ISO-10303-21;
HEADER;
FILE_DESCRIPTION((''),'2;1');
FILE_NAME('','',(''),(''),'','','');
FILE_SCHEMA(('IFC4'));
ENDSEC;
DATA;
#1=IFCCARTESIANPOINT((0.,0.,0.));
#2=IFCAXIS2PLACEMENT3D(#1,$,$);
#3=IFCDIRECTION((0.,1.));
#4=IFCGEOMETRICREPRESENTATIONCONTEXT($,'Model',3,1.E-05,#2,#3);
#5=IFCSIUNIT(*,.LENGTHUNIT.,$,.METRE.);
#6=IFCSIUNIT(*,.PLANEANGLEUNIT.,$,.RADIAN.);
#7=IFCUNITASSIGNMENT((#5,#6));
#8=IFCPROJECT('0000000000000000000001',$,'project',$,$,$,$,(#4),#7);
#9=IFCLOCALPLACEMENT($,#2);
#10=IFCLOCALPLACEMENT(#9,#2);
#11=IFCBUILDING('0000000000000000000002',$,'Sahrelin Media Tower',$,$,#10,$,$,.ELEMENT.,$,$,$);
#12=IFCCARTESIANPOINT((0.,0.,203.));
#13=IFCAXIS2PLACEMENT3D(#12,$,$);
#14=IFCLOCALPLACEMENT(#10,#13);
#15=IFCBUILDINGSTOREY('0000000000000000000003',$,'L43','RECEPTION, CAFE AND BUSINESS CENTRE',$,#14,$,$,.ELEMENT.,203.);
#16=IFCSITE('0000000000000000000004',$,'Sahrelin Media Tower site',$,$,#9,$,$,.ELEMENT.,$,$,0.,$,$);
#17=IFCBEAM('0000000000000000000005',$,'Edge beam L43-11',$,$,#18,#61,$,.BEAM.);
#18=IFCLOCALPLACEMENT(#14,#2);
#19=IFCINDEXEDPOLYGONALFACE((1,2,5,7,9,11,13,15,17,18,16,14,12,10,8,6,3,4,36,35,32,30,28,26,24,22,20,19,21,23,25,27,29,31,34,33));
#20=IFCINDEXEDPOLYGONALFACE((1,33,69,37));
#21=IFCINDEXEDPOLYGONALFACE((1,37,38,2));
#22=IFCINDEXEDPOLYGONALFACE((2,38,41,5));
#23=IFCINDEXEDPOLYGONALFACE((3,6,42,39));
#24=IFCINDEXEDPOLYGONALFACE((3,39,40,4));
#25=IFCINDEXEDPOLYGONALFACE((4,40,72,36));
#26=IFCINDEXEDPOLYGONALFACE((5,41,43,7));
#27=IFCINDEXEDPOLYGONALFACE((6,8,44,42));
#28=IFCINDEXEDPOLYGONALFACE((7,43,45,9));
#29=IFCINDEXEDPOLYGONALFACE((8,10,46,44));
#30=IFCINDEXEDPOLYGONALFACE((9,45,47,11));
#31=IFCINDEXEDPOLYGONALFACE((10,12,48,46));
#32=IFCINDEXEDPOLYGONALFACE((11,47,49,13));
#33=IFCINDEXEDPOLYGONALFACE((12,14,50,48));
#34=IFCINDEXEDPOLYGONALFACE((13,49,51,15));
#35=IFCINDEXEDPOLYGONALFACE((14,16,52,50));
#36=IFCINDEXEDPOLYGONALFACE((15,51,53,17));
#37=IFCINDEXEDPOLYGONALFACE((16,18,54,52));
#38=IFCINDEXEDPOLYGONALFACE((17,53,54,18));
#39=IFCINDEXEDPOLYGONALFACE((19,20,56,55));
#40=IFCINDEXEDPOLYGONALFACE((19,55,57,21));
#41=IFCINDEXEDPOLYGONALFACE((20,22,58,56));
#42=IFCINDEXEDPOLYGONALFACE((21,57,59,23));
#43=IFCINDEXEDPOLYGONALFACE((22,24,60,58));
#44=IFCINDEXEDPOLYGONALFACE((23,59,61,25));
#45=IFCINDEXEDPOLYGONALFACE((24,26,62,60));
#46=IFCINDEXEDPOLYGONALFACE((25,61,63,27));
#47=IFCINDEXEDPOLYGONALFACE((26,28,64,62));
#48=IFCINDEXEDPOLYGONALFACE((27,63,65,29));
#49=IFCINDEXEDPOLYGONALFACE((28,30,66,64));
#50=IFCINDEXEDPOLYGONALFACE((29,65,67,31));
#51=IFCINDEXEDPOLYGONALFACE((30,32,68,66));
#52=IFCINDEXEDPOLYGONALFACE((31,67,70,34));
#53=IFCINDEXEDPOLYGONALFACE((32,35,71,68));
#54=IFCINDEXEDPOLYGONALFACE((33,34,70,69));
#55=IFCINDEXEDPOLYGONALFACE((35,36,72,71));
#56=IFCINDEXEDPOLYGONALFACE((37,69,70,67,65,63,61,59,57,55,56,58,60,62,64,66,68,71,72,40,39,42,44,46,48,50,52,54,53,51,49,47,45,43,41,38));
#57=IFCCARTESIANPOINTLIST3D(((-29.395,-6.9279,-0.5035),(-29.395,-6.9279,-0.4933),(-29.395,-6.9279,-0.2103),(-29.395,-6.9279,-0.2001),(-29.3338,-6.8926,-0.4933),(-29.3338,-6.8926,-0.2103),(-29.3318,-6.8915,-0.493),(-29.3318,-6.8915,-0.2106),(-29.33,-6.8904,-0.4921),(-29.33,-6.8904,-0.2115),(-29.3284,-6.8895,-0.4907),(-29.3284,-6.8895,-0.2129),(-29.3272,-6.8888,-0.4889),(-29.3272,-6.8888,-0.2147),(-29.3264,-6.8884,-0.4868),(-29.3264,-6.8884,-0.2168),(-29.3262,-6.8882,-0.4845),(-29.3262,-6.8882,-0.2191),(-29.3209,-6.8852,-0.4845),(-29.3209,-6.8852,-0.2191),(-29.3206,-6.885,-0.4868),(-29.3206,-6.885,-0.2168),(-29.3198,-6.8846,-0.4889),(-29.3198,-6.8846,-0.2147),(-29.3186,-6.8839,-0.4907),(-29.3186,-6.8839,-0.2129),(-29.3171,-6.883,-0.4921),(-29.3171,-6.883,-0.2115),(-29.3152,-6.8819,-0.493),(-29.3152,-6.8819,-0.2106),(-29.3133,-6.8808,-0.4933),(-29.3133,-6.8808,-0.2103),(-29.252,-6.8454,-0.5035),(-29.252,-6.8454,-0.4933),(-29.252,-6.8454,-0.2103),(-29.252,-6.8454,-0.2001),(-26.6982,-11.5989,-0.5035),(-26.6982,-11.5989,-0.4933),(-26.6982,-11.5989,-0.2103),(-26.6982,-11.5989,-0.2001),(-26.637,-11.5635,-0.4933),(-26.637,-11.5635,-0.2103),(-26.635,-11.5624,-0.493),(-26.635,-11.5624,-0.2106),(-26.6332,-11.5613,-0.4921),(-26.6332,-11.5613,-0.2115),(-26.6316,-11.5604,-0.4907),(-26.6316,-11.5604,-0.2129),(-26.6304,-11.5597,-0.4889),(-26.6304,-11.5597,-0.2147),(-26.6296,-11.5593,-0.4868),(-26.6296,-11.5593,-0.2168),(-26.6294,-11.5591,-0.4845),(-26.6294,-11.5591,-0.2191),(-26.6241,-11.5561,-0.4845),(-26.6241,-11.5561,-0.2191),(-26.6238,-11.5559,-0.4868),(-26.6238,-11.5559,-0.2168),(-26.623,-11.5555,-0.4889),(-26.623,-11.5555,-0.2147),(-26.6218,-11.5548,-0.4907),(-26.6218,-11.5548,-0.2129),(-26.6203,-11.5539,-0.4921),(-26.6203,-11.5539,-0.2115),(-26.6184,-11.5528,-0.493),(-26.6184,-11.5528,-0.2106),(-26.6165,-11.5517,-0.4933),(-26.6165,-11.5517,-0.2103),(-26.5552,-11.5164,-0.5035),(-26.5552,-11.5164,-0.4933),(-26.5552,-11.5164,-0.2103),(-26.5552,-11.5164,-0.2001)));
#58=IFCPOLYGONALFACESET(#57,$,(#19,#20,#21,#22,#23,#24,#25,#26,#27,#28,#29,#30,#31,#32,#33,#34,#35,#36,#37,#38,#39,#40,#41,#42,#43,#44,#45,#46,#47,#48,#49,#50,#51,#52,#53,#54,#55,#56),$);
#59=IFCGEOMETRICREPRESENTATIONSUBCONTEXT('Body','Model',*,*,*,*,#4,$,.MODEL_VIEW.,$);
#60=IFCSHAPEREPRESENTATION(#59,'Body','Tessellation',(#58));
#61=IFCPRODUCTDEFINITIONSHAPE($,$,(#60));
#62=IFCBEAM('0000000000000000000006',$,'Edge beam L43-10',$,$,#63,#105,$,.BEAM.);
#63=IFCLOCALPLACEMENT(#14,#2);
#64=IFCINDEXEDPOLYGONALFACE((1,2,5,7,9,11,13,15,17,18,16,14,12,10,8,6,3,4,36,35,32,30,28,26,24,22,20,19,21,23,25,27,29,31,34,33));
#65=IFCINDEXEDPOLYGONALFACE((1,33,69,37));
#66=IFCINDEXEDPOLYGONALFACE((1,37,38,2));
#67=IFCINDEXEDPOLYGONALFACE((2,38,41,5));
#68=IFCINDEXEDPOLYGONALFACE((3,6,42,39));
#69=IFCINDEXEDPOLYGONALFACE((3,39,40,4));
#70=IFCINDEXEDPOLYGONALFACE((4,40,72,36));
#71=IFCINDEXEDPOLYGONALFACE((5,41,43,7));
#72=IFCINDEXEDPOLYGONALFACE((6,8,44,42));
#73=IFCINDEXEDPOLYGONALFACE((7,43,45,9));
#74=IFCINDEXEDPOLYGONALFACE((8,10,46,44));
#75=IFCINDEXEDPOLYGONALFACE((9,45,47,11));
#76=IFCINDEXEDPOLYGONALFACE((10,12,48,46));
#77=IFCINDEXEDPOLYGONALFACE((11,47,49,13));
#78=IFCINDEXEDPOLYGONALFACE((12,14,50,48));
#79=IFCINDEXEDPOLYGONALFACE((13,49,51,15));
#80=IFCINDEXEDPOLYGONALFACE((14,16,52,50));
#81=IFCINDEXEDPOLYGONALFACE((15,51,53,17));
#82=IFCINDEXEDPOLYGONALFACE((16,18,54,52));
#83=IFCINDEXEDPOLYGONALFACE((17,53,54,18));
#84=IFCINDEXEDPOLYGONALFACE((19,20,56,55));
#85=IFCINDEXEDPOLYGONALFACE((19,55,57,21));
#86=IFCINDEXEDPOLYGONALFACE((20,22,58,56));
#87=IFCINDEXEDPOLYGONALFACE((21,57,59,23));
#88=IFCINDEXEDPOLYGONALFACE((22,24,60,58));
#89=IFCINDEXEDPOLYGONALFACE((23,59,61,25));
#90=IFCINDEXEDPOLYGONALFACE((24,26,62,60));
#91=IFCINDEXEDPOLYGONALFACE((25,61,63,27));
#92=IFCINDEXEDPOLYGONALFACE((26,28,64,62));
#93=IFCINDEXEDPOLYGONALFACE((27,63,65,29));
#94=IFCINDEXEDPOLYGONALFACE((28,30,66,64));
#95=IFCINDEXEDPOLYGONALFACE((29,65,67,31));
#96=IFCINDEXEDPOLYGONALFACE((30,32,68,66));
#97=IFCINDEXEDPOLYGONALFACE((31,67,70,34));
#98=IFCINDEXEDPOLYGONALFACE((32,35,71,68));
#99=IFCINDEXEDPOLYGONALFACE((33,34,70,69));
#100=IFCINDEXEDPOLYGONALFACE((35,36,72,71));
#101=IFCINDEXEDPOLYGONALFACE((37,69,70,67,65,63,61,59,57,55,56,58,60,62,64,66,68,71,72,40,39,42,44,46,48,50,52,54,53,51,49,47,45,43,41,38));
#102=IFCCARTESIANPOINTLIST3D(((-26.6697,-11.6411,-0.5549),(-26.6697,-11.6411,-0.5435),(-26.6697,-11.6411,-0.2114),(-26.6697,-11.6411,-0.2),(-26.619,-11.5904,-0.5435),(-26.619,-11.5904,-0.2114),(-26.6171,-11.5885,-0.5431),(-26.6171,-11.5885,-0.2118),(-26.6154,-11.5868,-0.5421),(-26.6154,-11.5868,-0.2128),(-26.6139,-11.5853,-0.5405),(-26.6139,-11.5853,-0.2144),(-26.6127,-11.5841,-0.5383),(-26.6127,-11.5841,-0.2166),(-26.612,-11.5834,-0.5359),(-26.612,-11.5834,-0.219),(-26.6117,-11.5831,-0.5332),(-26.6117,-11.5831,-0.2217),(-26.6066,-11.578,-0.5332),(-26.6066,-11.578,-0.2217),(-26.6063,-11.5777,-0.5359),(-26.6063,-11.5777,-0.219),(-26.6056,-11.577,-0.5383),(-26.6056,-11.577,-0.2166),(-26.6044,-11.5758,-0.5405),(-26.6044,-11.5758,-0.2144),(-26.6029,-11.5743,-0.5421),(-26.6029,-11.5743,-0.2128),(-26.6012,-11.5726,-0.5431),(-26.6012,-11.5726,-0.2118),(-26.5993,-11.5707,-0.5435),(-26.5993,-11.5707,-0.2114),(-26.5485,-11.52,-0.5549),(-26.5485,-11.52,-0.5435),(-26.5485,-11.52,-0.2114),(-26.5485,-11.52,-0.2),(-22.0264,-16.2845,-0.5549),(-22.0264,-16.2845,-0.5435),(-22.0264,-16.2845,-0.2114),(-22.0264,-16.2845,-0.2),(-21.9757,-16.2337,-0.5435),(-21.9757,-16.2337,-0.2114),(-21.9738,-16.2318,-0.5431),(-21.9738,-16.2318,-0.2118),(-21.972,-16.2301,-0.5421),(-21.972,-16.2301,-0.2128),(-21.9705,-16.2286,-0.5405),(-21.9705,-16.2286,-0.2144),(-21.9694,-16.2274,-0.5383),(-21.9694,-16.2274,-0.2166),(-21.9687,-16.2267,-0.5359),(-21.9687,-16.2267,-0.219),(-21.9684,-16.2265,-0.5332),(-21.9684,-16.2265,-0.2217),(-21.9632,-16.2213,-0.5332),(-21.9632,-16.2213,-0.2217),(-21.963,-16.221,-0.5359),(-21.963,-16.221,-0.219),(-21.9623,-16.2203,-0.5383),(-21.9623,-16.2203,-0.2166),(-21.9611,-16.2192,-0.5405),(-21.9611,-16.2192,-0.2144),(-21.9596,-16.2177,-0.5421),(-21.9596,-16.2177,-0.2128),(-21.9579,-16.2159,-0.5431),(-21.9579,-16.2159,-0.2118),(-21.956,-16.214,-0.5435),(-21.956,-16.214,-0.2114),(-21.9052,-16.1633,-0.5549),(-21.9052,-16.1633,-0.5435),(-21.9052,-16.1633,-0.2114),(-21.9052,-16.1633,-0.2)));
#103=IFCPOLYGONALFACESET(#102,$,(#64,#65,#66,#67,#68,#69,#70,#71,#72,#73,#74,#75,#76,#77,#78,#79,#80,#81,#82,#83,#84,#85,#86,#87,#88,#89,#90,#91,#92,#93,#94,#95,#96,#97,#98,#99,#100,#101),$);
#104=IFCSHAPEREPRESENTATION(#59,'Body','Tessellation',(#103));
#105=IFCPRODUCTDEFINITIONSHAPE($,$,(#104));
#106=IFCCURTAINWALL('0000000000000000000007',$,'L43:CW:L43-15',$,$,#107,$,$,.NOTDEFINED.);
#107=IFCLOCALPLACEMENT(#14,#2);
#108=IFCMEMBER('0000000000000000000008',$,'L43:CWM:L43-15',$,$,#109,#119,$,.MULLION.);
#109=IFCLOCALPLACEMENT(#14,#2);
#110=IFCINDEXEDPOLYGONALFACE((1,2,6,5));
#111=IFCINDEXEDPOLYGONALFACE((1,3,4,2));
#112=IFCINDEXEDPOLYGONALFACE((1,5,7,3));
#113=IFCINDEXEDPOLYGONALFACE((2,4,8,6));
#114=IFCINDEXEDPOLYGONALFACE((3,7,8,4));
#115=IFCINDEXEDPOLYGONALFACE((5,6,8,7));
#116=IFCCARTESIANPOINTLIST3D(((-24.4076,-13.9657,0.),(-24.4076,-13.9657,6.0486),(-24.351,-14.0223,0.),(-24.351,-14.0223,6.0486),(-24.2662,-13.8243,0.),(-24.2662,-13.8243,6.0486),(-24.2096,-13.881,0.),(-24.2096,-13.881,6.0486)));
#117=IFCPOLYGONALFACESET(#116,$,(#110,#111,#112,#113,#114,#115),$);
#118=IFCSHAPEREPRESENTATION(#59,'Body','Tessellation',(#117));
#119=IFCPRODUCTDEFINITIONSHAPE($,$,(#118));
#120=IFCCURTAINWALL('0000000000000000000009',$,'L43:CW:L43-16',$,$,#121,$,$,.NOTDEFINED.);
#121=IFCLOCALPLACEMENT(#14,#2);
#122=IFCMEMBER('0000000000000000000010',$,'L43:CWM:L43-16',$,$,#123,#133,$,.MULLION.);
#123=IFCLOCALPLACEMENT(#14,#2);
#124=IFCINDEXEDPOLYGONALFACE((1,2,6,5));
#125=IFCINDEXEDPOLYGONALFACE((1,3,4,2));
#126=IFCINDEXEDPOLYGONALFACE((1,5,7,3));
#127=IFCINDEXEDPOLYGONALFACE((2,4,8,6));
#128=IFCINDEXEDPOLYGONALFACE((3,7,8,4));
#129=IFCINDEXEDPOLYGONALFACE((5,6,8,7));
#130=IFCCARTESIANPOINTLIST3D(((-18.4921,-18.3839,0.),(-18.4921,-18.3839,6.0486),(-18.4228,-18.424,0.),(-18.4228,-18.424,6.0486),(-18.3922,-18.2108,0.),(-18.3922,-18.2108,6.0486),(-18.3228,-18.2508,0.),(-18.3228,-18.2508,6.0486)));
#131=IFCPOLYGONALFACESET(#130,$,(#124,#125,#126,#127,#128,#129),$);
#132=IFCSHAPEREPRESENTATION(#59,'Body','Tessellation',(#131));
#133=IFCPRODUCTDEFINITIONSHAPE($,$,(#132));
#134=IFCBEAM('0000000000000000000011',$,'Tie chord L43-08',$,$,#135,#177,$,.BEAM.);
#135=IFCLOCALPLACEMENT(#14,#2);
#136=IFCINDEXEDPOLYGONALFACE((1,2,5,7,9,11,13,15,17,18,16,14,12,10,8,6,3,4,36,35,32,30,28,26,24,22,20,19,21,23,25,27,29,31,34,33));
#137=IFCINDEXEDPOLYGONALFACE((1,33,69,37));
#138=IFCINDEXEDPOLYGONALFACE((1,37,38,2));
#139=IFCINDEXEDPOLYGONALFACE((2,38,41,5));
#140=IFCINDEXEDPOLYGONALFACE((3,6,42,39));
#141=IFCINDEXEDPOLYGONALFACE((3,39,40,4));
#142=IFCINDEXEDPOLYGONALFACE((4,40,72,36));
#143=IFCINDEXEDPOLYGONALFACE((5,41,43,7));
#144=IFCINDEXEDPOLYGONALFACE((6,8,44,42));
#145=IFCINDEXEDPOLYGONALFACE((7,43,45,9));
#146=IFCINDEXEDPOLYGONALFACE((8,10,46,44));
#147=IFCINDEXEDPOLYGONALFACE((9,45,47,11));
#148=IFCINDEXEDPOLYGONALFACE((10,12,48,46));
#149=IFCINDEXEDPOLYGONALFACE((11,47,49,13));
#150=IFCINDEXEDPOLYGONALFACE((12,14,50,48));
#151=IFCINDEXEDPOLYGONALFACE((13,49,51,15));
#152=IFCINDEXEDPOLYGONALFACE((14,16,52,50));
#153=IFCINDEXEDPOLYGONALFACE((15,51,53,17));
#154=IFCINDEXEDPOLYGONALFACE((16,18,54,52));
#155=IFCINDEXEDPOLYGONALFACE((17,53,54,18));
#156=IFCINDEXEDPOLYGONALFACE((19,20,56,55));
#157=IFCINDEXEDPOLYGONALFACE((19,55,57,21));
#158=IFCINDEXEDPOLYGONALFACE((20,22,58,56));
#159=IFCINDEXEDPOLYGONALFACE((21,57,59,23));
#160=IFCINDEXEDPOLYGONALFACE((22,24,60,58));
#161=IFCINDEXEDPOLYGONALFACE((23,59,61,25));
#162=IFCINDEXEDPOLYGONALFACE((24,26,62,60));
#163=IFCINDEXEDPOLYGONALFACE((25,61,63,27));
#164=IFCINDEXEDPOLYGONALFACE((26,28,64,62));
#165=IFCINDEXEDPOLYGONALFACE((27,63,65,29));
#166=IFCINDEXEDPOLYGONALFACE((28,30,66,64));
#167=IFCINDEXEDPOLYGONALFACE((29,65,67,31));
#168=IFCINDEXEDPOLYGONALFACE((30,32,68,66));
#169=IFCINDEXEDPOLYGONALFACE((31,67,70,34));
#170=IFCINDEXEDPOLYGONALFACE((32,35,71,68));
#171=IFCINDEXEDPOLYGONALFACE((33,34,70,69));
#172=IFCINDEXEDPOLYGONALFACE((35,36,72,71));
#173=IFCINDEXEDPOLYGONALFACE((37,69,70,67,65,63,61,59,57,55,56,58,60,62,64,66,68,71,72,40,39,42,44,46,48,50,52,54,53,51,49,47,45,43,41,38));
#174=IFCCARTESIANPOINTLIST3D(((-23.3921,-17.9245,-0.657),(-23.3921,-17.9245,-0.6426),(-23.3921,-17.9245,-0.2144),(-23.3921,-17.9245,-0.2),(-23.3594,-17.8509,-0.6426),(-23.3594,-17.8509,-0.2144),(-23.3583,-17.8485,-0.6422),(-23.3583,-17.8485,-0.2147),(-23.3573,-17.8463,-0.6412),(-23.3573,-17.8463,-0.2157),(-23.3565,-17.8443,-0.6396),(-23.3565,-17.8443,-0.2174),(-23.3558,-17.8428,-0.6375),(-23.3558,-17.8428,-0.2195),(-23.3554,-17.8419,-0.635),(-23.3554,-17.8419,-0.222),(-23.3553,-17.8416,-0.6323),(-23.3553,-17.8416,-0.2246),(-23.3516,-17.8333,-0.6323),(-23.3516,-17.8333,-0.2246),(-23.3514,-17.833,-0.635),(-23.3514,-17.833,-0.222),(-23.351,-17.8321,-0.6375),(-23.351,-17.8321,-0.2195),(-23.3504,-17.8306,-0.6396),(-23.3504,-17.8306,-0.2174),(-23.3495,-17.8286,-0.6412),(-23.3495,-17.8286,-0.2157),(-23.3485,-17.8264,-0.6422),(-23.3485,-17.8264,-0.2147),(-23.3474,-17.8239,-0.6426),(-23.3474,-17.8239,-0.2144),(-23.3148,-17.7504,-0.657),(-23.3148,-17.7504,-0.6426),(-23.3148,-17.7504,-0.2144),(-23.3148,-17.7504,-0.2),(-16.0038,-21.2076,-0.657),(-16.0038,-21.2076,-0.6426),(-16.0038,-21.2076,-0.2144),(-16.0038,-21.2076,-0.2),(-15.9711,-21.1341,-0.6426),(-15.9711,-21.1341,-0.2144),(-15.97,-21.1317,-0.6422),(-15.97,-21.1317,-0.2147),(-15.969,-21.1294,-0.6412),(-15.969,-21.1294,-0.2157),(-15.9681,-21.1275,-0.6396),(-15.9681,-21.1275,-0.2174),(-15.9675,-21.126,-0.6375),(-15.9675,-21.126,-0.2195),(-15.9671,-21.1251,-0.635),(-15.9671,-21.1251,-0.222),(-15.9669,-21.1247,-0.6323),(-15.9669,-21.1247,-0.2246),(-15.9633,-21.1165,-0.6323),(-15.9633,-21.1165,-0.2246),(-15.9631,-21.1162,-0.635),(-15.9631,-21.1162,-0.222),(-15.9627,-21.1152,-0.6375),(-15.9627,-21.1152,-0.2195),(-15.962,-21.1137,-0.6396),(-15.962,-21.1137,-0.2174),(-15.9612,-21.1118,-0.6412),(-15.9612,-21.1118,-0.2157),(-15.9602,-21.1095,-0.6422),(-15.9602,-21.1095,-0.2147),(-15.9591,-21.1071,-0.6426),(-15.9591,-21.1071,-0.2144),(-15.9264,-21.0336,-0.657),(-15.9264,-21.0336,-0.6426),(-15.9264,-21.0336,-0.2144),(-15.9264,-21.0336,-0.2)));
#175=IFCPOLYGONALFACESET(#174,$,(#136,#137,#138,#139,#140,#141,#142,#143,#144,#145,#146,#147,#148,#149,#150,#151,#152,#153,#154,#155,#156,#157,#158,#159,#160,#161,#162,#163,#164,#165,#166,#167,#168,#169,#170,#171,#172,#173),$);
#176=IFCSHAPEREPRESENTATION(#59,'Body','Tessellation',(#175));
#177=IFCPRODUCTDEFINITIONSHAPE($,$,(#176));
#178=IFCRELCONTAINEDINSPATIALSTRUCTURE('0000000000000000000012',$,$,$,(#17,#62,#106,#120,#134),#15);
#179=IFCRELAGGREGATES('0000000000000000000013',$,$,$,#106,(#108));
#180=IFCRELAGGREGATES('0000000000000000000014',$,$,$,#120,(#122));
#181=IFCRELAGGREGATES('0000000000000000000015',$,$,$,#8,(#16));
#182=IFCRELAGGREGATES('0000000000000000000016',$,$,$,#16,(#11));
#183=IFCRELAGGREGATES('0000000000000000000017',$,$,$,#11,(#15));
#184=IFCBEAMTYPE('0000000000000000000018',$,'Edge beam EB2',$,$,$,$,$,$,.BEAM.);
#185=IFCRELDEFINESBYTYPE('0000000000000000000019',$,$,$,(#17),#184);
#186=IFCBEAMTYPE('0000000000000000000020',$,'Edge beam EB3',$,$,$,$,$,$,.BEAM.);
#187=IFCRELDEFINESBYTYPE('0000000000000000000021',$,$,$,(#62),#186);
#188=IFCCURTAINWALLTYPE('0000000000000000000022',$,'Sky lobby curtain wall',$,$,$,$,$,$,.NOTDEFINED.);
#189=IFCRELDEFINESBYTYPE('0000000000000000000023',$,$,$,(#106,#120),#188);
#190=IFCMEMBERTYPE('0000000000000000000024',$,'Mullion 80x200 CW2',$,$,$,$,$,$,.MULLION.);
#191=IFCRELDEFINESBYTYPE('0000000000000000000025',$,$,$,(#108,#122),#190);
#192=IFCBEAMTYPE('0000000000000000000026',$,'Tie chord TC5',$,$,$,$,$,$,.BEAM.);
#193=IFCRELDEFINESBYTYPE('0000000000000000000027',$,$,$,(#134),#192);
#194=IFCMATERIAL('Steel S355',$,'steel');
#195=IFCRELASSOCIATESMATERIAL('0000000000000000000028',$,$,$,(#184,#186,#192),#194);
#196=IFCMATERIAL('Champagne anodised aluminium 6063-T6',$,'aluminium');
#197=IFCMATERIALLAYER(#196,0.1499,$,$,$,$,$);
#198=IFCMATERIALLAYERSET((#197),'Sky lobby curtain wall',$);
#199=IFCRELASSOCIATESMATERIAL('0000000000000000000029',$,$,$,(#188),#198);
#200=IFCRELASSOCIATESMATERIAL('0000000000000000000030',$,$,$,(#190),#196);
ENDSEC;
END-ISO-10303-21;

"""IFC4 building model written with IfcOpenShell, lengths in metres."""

from ifc_helpers import new_model, si_unit, direction, frame, origin, origin_2d, place, context, subcontext, project, spatial, rectangle, i_section, extrude, material, layer, layer_set, material_profile, profile_set, type_object, element, aggregate, save


model = new_model("IFC4")

# Units and contexts
model_context = context("Model", 3, precision=1e-05, world=origin(), true_north=direction((0.0, 1.0)))
body_context = subcontext(model_context, "Body", "Model", "MODEL_VIEW")
ifc_project = project(units=[si_unit("LENGTHUNIT", "METRE"), si_unit("PLANEANGLEUNIT", "RADIAN")], contexts=[model_context])

# Site, building, storey
site_placement = place(None, origin())
site = spatial("IfcSite", under=ifc_project, at=site_placement, Name="Sahrelin Media Tower site", CompositionType="ELEMENT", RefElevation=0.0)
building_placement = place(site_placement, origin())
building = spatial("IfcBuilding", under=site, at=building_placement, Name="Sahrelin Media Tower", CompositionType="ELEMENT")
storey_placement = place(building_placement, frame((0.0, 0.0, 203.0)))
storey = spatial("IfcBuildingStorey", under=building, at=storey_placement, Name="L43", Description="RECEPTION, CAFE AND BUSINESS CENTRE", CompositionType="ELEMENT", Elevation=203.0)

# Beams
ifc_material_1 = material(Name="Steel S355", Category="steel")
ifc_material_profile_1 = material_profile(ifc_material_1, i_section(OverallWidth=0.165, OverallDepth=0.3035, WebThickness=0.0061, FlangeThickness=0.0103, FilletRadius=0.0088, at=origin_2d()), Name="UB 305x165x40")
ifc_profile_set_1 = profile_set([ifc_material_profile_1], Name="Steel S355")
beam_type_1 = type_object("IfcBeamType", Name="Edge beam EB2", PredefinedType="BEAM", material=ifc_profile_set_1)
beam_1_placement = place(storey_placement, frame((-26.6267, -11.5576, -0.3518), z_axis=(-0.500005, 0.866023, 0.0), x_axis=(-0.866023, -0.500005, 0.0)))
element("IfcBeam", 1, at=beam_1_placement, inside=storey, type_object=beam_type_1, Name="Edge beam L43-11", PredefinedType="BEAM", context=body_context, shape_type="SweptSolid", body=[
    extrude(i_section(OverallWidth=0.165, OverallDepth=0.3035, WebThickness=0.0061, FlangeThickness=0.0103, FilletRadius=0.0088, at=origin_2d()), origin(), (0.0, 0.0, 1.0), 5.3936),
])
ifc_material_profile_2 = material_profile(ifc_material_1, i_section(OverallWidth=0.1714, OverallDepth=0.355, WebThickness=0.0073, FlangeThickness=0.0115, FilletRadius=0.0103, at=origin_2d()), Name="UB 356x171x51")
ifc_profile_set_2 = profile_set([ifc_material_profile_2], Name="Steel S355")
beam_type_2 = type_object("IfcBeamType", Name="Edge beam EB3", PredefinedType="BEAM", material=ifc_profile_set_2)
beam_2_placement = place(storey_placement, frame((-21.9658, -16.2239, -0.3774), z_axis=(-0.707107, 0.707107, 0.0), x_axis=(-0.707107, -0.707107, 0.0)))
element("IfcBeam", 2, at=beam_2_placement, inside=storey, type_object=beam_type_2, Name="Edge beam L43-10", PredefinedType="BEAM", context=body_context, shape_type="SweptSolid", body=[
    extrude(i_section(OverallWidth=0.1714, OverallDepth=0.355, WebThickness=0.0073, FlangeThickness=0.0115, FilletRadius=0.0103, at=origin_2d()), origin(), (0.0, 0.0, 1.0), 6.5667),
])

# Curtain walls, members
ifc_material_2 = material(Name="Champagne anodised aluminium 6063-T6", Category="aluminium")
ifc_layer_1 = layer(ifc_material_2, 0.1499)
ifc_layer_set_1 = layer_set([ifc_layer_1], Name="Sky lobby curtain wall")
curtain_wall_type = type_object("IfcCurtainWallType", Name="Sky lobby curtain wall", PredefinedType="NOTDEFINED", material=ifc_layer_set_1)
curtain_wall_1_placement = place(storey_placement, frame((-24.3936, -14.0083, 0.0), z_axis=(0.0, 0.0, 1.0), x_axis=(1.0, 0.0, 0.0)))
curtain_wall_1 = element("IfcCurtainWall", 3, at=curtain_wall_1_placement, inside=storey, type_object=curtain_wall_type, Name="L43:CW:L43-15", PredefinedType="NOTDEFINED")
ifc_material_profile_3 = material_profile(ifc_material_2, rectangle(XDim=0.0801, YDim=0.2, at=origin_2d()), Name="Mullion 80x200")
ifc_profile_set_3 = profile_set([ifc_material_profile_3], Name="Champagne anodised aluminium 6063-T6")
member_type_1 = type_object("IfcMemberType", Name="Mullion 80x200 CW2", PredefinedType="MULLION", material=ifc_profile_set_3)
member_1_placement = place(storey_placement, frame((-24.3086, -13.9233, 0.0), z_axis=(0.0, 0.0, 1.0), x_axis=(0.707107, -0.707107, 0.0)))
member_1 = element("IfcMember", 4, at=member_1_placement, type_object=member_type_1, Name="L43:CWM:L43-15", PredefinedType="MULLION", context=body_context, shape_type="SweptSolid", body=[
    extrude(rectangle(XDim=0.0801, YDim=0.2, at=origin_2d()), origin(), (0.0, 0.0, 1.0), 6.0486),
])
curtain_wall_2_placement = place(storey_placement, frame((-18.4673, -18.4211, 0.0), z_axis=(0.0, 0.0, 1.0), x_axis=(1.0, 0.0, 0.0)))
curtain_wall_2 = element("IfcCurtainWall", 5, at=curtain_wall_2_placement, inside=storey, type_object=curtain_wall_type, Name="L43:CW:L43-16", PredefinedType="NOTDEFINED")
member_2_placement = place(storey_placement, frame((-18.4075, -18.3174, 0.0), z_axis=(0.0, 0.0, 1.0), x_axis=(0.866027, -0.499997, 0.0)))
member_2 = element("IfcMember", 6, at=member_2_placement, type_object=member_type_1, Name="L43:CWM:L43-16", PredefinedType="MULLION", context=body_context, shape_type="SweptSolid", body=[
    extrude(rectangle(XDim=0.0801, YDim=0.2, at=origin_2d()), origin(), (0.0, 0.0, 1.0), 6.0486),
])

# Beam
ifc_material_profile_4 = material_profile(ifc_material_1, i_section(OverallWidth=0.1904, OverallDepth=0.457, WebThickness=0.009, FlangeThickness=0.0144, FilletRadius=0.0103, at=origin_2d()), Name="UB 457x191x74")
ifc_profile_set_4 = profile_set([ifc_material_profile_4], Name="Steel S355")
beam_type_3 = type_object("IfcBeamType", Name="Tie chord TC5", PredefinedType="BEAM", material=ifc_profile_set_4)
beam_3_placement = place(storey_placement, frame((-15.9651, -21.1206, -0.4285), z_axis=(-0.913836, 0.406082, 0.0), x_axis=(-0.406082, -0.913836, 0.0)))
element("IfcBeam", 7, at=beam_3_placement, inside=storey, type_object=beam_type_3, Name="Tie chord L43-08", PredefinedType="BEAM", context=body_context, shape_type="SweptSolid", body=[
    extrude(i_section(OverallWidth=0.1904, OverallDepth=0.457, WebThickness=0.009, FlangeThickness=0.0144, FilletRadius=0.0103, at=origin_2d()), origin(), (0.0, 0.0, 1.0), 8.085),
])

aggregate(curtain_wall_1, [member_1])
aggregate(curtain_wall_2, [member_2])

save(model, "model.ifc")
